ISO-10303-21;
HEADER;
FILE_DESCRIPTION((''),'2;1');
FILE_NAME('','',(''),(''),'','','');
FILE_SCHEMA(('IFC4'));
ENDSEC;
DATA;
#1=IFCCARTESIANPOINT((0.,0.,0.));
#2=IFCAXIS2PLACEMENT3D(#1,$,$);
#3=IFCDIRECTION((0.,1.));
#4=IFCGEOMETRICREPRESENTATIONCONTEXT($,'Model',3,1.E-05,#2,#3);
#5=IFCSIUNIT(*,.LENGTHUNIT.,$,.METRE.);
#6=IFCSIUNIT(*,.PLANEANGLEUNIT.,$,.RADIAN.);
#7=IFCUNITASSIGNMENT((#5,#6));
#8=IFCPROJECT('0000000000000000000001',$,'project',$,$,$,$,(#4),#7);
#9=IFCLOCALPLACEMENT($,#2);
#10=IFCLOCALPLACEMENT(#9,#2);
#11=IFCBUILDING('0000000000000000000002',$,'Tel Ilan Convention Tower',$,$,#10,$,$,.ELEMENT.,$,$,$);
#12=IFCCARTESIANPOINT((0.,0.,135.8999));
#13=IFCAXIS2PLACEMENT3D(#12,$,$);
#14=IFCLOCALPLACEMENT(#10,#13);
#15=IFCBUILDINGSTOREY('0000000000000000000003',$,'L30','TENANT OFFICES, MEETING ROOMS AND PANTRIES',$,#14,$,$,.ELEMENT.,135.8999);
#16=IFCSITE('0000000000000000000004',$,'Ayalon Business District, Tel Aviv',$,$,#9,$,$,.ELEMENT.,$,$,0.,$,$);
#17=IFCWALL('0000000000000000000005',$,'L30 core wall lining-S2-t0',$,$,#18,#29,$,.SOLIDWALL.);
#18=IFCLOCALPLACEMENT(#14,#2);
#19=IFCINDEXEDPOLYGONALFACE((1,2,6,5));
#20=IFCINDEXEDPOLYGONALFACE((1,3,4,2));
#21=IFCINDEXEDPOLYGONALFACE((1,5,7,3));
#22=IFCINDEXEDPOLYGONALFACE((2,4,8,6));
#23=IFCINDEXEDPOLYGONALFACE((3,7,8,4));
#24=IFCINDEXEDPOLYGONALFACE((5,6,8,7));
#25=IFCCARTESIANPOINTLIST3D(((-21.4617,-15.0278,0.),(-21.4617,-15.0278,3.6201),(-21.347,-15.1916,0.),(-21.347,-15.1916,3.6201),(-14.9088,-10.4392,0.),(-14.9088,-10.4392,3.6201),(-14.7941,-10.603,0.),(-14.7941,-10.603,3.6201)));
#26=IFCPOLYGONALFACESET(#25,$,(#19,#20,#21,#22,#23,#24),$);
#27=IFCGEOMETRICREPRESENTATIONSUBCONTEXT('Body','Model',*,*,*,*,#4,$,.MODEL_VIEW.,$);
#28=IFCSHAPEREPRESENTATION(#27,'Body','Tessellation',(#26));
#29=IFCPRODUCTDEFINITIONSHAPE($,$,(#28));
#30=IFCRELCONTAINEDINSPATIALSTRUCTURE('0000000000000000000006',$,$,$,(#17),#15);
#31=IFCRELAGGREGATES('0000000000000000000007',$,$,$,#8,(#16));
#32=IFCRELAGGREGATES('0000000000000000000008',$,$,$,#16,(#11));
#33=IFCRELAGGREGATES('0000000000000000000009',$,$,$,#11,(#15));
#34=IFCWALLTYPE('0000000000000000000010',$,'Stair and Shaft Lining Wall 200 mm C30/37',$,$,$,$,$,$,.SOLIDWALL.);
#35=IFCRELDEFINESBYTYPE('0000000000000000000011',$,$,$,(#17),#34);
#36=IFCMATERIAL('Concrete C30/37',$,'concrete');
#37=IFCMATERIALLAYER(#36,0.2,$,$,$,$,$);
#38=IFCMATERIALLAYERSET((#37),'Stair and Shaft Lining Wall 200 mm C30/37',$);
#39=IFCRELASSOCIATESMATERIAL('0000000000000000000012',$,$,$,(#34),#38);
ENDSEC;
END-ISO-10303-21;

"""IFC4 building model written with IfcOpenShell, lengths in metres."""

from ifc_helpers import new_model, si_unit, direction, frame, frame_2d, origin, place, context, subcontext, project, spatial, rectangle, extrude, material, layer, layer_set, type_object, element, save


model = new_model("IFC4")

# Units and contexts
model_context = context("Model", 3, precision=1e-05, world=origin(), true_north=direction((0.0, 1.0)))
body_context = subcontext(model_context, "Body", "Model", "MODEL_VIEW")
ifc_project = project(units=[si_unit("LENGTHUNIT", "METRE"), si_unit("PLANEANGLEUNIT", "RADIAN")], contexts=[model_context])

# Site, building, storey
site_placement = place(None, origin())
site = spatial("IfcSite", under=ifc_project, at=site_placement, Name="Ayalon Business District, Tel Aviv", CompositionType="ELEMENT", RefElevation=0.0)
building_placement = place(site_placement, origin())
building = spatial("IfcBuilding", under=site, at=building_placement, Name="Tel Ilan Convention Tower", CompositionType="ELEMENT")
storey_placement = place(building_placement, frame((0.0, 0.0, 135.8999)))
storey = spatial("IfcBuildingStorey", under=building, at=storey_placement, Name="L30", Description="TENANT OFFICES, MEETING ROOMS AND PANTRIES", CompositionType="ELEMENT", Elevation=135.8999)

# Wall
ifc_material_1 = material(Name="Concrete C30/37", Category="concrete")
ifc_layer_1 = layer(ifc_material_1, 0.2)
ifc_layer_set_1 = layer_set([ifc_layer_1], Name="Stair and Shaft Lining Wall 200 mm C30/37")
wall_type_1 = type_object("IfcWallType", Name="Stair and Shaft Lining Wall 200 mm C30/37", PredefinedType="SOLIDWALL", material=ifc_layer_set_1)
wall_1_placement = place(storey_placement, frame((-14.8513, -10.521, 0.0), z_axis=(0.0, 0.0, 1.0), x_axis=(-0.819142, -0.573591, 0.0)))
element("IfcWall", 1, at=wall_1_placement, inside=storey, type_object=wall_type_1, Name="L30 core wall lining-S2-t0", PredefinedType="SOLIDWALL", context=body_context, shape_type="SweptSolid", body=[
    extrude(rectangle(XDim=7.9998, YDim=0.2, at=frame_2d((4.0, 0.0))), origin(), (0.0, 0.0, 1.0), 3.6201),
])

save(model, "model.ifc")
